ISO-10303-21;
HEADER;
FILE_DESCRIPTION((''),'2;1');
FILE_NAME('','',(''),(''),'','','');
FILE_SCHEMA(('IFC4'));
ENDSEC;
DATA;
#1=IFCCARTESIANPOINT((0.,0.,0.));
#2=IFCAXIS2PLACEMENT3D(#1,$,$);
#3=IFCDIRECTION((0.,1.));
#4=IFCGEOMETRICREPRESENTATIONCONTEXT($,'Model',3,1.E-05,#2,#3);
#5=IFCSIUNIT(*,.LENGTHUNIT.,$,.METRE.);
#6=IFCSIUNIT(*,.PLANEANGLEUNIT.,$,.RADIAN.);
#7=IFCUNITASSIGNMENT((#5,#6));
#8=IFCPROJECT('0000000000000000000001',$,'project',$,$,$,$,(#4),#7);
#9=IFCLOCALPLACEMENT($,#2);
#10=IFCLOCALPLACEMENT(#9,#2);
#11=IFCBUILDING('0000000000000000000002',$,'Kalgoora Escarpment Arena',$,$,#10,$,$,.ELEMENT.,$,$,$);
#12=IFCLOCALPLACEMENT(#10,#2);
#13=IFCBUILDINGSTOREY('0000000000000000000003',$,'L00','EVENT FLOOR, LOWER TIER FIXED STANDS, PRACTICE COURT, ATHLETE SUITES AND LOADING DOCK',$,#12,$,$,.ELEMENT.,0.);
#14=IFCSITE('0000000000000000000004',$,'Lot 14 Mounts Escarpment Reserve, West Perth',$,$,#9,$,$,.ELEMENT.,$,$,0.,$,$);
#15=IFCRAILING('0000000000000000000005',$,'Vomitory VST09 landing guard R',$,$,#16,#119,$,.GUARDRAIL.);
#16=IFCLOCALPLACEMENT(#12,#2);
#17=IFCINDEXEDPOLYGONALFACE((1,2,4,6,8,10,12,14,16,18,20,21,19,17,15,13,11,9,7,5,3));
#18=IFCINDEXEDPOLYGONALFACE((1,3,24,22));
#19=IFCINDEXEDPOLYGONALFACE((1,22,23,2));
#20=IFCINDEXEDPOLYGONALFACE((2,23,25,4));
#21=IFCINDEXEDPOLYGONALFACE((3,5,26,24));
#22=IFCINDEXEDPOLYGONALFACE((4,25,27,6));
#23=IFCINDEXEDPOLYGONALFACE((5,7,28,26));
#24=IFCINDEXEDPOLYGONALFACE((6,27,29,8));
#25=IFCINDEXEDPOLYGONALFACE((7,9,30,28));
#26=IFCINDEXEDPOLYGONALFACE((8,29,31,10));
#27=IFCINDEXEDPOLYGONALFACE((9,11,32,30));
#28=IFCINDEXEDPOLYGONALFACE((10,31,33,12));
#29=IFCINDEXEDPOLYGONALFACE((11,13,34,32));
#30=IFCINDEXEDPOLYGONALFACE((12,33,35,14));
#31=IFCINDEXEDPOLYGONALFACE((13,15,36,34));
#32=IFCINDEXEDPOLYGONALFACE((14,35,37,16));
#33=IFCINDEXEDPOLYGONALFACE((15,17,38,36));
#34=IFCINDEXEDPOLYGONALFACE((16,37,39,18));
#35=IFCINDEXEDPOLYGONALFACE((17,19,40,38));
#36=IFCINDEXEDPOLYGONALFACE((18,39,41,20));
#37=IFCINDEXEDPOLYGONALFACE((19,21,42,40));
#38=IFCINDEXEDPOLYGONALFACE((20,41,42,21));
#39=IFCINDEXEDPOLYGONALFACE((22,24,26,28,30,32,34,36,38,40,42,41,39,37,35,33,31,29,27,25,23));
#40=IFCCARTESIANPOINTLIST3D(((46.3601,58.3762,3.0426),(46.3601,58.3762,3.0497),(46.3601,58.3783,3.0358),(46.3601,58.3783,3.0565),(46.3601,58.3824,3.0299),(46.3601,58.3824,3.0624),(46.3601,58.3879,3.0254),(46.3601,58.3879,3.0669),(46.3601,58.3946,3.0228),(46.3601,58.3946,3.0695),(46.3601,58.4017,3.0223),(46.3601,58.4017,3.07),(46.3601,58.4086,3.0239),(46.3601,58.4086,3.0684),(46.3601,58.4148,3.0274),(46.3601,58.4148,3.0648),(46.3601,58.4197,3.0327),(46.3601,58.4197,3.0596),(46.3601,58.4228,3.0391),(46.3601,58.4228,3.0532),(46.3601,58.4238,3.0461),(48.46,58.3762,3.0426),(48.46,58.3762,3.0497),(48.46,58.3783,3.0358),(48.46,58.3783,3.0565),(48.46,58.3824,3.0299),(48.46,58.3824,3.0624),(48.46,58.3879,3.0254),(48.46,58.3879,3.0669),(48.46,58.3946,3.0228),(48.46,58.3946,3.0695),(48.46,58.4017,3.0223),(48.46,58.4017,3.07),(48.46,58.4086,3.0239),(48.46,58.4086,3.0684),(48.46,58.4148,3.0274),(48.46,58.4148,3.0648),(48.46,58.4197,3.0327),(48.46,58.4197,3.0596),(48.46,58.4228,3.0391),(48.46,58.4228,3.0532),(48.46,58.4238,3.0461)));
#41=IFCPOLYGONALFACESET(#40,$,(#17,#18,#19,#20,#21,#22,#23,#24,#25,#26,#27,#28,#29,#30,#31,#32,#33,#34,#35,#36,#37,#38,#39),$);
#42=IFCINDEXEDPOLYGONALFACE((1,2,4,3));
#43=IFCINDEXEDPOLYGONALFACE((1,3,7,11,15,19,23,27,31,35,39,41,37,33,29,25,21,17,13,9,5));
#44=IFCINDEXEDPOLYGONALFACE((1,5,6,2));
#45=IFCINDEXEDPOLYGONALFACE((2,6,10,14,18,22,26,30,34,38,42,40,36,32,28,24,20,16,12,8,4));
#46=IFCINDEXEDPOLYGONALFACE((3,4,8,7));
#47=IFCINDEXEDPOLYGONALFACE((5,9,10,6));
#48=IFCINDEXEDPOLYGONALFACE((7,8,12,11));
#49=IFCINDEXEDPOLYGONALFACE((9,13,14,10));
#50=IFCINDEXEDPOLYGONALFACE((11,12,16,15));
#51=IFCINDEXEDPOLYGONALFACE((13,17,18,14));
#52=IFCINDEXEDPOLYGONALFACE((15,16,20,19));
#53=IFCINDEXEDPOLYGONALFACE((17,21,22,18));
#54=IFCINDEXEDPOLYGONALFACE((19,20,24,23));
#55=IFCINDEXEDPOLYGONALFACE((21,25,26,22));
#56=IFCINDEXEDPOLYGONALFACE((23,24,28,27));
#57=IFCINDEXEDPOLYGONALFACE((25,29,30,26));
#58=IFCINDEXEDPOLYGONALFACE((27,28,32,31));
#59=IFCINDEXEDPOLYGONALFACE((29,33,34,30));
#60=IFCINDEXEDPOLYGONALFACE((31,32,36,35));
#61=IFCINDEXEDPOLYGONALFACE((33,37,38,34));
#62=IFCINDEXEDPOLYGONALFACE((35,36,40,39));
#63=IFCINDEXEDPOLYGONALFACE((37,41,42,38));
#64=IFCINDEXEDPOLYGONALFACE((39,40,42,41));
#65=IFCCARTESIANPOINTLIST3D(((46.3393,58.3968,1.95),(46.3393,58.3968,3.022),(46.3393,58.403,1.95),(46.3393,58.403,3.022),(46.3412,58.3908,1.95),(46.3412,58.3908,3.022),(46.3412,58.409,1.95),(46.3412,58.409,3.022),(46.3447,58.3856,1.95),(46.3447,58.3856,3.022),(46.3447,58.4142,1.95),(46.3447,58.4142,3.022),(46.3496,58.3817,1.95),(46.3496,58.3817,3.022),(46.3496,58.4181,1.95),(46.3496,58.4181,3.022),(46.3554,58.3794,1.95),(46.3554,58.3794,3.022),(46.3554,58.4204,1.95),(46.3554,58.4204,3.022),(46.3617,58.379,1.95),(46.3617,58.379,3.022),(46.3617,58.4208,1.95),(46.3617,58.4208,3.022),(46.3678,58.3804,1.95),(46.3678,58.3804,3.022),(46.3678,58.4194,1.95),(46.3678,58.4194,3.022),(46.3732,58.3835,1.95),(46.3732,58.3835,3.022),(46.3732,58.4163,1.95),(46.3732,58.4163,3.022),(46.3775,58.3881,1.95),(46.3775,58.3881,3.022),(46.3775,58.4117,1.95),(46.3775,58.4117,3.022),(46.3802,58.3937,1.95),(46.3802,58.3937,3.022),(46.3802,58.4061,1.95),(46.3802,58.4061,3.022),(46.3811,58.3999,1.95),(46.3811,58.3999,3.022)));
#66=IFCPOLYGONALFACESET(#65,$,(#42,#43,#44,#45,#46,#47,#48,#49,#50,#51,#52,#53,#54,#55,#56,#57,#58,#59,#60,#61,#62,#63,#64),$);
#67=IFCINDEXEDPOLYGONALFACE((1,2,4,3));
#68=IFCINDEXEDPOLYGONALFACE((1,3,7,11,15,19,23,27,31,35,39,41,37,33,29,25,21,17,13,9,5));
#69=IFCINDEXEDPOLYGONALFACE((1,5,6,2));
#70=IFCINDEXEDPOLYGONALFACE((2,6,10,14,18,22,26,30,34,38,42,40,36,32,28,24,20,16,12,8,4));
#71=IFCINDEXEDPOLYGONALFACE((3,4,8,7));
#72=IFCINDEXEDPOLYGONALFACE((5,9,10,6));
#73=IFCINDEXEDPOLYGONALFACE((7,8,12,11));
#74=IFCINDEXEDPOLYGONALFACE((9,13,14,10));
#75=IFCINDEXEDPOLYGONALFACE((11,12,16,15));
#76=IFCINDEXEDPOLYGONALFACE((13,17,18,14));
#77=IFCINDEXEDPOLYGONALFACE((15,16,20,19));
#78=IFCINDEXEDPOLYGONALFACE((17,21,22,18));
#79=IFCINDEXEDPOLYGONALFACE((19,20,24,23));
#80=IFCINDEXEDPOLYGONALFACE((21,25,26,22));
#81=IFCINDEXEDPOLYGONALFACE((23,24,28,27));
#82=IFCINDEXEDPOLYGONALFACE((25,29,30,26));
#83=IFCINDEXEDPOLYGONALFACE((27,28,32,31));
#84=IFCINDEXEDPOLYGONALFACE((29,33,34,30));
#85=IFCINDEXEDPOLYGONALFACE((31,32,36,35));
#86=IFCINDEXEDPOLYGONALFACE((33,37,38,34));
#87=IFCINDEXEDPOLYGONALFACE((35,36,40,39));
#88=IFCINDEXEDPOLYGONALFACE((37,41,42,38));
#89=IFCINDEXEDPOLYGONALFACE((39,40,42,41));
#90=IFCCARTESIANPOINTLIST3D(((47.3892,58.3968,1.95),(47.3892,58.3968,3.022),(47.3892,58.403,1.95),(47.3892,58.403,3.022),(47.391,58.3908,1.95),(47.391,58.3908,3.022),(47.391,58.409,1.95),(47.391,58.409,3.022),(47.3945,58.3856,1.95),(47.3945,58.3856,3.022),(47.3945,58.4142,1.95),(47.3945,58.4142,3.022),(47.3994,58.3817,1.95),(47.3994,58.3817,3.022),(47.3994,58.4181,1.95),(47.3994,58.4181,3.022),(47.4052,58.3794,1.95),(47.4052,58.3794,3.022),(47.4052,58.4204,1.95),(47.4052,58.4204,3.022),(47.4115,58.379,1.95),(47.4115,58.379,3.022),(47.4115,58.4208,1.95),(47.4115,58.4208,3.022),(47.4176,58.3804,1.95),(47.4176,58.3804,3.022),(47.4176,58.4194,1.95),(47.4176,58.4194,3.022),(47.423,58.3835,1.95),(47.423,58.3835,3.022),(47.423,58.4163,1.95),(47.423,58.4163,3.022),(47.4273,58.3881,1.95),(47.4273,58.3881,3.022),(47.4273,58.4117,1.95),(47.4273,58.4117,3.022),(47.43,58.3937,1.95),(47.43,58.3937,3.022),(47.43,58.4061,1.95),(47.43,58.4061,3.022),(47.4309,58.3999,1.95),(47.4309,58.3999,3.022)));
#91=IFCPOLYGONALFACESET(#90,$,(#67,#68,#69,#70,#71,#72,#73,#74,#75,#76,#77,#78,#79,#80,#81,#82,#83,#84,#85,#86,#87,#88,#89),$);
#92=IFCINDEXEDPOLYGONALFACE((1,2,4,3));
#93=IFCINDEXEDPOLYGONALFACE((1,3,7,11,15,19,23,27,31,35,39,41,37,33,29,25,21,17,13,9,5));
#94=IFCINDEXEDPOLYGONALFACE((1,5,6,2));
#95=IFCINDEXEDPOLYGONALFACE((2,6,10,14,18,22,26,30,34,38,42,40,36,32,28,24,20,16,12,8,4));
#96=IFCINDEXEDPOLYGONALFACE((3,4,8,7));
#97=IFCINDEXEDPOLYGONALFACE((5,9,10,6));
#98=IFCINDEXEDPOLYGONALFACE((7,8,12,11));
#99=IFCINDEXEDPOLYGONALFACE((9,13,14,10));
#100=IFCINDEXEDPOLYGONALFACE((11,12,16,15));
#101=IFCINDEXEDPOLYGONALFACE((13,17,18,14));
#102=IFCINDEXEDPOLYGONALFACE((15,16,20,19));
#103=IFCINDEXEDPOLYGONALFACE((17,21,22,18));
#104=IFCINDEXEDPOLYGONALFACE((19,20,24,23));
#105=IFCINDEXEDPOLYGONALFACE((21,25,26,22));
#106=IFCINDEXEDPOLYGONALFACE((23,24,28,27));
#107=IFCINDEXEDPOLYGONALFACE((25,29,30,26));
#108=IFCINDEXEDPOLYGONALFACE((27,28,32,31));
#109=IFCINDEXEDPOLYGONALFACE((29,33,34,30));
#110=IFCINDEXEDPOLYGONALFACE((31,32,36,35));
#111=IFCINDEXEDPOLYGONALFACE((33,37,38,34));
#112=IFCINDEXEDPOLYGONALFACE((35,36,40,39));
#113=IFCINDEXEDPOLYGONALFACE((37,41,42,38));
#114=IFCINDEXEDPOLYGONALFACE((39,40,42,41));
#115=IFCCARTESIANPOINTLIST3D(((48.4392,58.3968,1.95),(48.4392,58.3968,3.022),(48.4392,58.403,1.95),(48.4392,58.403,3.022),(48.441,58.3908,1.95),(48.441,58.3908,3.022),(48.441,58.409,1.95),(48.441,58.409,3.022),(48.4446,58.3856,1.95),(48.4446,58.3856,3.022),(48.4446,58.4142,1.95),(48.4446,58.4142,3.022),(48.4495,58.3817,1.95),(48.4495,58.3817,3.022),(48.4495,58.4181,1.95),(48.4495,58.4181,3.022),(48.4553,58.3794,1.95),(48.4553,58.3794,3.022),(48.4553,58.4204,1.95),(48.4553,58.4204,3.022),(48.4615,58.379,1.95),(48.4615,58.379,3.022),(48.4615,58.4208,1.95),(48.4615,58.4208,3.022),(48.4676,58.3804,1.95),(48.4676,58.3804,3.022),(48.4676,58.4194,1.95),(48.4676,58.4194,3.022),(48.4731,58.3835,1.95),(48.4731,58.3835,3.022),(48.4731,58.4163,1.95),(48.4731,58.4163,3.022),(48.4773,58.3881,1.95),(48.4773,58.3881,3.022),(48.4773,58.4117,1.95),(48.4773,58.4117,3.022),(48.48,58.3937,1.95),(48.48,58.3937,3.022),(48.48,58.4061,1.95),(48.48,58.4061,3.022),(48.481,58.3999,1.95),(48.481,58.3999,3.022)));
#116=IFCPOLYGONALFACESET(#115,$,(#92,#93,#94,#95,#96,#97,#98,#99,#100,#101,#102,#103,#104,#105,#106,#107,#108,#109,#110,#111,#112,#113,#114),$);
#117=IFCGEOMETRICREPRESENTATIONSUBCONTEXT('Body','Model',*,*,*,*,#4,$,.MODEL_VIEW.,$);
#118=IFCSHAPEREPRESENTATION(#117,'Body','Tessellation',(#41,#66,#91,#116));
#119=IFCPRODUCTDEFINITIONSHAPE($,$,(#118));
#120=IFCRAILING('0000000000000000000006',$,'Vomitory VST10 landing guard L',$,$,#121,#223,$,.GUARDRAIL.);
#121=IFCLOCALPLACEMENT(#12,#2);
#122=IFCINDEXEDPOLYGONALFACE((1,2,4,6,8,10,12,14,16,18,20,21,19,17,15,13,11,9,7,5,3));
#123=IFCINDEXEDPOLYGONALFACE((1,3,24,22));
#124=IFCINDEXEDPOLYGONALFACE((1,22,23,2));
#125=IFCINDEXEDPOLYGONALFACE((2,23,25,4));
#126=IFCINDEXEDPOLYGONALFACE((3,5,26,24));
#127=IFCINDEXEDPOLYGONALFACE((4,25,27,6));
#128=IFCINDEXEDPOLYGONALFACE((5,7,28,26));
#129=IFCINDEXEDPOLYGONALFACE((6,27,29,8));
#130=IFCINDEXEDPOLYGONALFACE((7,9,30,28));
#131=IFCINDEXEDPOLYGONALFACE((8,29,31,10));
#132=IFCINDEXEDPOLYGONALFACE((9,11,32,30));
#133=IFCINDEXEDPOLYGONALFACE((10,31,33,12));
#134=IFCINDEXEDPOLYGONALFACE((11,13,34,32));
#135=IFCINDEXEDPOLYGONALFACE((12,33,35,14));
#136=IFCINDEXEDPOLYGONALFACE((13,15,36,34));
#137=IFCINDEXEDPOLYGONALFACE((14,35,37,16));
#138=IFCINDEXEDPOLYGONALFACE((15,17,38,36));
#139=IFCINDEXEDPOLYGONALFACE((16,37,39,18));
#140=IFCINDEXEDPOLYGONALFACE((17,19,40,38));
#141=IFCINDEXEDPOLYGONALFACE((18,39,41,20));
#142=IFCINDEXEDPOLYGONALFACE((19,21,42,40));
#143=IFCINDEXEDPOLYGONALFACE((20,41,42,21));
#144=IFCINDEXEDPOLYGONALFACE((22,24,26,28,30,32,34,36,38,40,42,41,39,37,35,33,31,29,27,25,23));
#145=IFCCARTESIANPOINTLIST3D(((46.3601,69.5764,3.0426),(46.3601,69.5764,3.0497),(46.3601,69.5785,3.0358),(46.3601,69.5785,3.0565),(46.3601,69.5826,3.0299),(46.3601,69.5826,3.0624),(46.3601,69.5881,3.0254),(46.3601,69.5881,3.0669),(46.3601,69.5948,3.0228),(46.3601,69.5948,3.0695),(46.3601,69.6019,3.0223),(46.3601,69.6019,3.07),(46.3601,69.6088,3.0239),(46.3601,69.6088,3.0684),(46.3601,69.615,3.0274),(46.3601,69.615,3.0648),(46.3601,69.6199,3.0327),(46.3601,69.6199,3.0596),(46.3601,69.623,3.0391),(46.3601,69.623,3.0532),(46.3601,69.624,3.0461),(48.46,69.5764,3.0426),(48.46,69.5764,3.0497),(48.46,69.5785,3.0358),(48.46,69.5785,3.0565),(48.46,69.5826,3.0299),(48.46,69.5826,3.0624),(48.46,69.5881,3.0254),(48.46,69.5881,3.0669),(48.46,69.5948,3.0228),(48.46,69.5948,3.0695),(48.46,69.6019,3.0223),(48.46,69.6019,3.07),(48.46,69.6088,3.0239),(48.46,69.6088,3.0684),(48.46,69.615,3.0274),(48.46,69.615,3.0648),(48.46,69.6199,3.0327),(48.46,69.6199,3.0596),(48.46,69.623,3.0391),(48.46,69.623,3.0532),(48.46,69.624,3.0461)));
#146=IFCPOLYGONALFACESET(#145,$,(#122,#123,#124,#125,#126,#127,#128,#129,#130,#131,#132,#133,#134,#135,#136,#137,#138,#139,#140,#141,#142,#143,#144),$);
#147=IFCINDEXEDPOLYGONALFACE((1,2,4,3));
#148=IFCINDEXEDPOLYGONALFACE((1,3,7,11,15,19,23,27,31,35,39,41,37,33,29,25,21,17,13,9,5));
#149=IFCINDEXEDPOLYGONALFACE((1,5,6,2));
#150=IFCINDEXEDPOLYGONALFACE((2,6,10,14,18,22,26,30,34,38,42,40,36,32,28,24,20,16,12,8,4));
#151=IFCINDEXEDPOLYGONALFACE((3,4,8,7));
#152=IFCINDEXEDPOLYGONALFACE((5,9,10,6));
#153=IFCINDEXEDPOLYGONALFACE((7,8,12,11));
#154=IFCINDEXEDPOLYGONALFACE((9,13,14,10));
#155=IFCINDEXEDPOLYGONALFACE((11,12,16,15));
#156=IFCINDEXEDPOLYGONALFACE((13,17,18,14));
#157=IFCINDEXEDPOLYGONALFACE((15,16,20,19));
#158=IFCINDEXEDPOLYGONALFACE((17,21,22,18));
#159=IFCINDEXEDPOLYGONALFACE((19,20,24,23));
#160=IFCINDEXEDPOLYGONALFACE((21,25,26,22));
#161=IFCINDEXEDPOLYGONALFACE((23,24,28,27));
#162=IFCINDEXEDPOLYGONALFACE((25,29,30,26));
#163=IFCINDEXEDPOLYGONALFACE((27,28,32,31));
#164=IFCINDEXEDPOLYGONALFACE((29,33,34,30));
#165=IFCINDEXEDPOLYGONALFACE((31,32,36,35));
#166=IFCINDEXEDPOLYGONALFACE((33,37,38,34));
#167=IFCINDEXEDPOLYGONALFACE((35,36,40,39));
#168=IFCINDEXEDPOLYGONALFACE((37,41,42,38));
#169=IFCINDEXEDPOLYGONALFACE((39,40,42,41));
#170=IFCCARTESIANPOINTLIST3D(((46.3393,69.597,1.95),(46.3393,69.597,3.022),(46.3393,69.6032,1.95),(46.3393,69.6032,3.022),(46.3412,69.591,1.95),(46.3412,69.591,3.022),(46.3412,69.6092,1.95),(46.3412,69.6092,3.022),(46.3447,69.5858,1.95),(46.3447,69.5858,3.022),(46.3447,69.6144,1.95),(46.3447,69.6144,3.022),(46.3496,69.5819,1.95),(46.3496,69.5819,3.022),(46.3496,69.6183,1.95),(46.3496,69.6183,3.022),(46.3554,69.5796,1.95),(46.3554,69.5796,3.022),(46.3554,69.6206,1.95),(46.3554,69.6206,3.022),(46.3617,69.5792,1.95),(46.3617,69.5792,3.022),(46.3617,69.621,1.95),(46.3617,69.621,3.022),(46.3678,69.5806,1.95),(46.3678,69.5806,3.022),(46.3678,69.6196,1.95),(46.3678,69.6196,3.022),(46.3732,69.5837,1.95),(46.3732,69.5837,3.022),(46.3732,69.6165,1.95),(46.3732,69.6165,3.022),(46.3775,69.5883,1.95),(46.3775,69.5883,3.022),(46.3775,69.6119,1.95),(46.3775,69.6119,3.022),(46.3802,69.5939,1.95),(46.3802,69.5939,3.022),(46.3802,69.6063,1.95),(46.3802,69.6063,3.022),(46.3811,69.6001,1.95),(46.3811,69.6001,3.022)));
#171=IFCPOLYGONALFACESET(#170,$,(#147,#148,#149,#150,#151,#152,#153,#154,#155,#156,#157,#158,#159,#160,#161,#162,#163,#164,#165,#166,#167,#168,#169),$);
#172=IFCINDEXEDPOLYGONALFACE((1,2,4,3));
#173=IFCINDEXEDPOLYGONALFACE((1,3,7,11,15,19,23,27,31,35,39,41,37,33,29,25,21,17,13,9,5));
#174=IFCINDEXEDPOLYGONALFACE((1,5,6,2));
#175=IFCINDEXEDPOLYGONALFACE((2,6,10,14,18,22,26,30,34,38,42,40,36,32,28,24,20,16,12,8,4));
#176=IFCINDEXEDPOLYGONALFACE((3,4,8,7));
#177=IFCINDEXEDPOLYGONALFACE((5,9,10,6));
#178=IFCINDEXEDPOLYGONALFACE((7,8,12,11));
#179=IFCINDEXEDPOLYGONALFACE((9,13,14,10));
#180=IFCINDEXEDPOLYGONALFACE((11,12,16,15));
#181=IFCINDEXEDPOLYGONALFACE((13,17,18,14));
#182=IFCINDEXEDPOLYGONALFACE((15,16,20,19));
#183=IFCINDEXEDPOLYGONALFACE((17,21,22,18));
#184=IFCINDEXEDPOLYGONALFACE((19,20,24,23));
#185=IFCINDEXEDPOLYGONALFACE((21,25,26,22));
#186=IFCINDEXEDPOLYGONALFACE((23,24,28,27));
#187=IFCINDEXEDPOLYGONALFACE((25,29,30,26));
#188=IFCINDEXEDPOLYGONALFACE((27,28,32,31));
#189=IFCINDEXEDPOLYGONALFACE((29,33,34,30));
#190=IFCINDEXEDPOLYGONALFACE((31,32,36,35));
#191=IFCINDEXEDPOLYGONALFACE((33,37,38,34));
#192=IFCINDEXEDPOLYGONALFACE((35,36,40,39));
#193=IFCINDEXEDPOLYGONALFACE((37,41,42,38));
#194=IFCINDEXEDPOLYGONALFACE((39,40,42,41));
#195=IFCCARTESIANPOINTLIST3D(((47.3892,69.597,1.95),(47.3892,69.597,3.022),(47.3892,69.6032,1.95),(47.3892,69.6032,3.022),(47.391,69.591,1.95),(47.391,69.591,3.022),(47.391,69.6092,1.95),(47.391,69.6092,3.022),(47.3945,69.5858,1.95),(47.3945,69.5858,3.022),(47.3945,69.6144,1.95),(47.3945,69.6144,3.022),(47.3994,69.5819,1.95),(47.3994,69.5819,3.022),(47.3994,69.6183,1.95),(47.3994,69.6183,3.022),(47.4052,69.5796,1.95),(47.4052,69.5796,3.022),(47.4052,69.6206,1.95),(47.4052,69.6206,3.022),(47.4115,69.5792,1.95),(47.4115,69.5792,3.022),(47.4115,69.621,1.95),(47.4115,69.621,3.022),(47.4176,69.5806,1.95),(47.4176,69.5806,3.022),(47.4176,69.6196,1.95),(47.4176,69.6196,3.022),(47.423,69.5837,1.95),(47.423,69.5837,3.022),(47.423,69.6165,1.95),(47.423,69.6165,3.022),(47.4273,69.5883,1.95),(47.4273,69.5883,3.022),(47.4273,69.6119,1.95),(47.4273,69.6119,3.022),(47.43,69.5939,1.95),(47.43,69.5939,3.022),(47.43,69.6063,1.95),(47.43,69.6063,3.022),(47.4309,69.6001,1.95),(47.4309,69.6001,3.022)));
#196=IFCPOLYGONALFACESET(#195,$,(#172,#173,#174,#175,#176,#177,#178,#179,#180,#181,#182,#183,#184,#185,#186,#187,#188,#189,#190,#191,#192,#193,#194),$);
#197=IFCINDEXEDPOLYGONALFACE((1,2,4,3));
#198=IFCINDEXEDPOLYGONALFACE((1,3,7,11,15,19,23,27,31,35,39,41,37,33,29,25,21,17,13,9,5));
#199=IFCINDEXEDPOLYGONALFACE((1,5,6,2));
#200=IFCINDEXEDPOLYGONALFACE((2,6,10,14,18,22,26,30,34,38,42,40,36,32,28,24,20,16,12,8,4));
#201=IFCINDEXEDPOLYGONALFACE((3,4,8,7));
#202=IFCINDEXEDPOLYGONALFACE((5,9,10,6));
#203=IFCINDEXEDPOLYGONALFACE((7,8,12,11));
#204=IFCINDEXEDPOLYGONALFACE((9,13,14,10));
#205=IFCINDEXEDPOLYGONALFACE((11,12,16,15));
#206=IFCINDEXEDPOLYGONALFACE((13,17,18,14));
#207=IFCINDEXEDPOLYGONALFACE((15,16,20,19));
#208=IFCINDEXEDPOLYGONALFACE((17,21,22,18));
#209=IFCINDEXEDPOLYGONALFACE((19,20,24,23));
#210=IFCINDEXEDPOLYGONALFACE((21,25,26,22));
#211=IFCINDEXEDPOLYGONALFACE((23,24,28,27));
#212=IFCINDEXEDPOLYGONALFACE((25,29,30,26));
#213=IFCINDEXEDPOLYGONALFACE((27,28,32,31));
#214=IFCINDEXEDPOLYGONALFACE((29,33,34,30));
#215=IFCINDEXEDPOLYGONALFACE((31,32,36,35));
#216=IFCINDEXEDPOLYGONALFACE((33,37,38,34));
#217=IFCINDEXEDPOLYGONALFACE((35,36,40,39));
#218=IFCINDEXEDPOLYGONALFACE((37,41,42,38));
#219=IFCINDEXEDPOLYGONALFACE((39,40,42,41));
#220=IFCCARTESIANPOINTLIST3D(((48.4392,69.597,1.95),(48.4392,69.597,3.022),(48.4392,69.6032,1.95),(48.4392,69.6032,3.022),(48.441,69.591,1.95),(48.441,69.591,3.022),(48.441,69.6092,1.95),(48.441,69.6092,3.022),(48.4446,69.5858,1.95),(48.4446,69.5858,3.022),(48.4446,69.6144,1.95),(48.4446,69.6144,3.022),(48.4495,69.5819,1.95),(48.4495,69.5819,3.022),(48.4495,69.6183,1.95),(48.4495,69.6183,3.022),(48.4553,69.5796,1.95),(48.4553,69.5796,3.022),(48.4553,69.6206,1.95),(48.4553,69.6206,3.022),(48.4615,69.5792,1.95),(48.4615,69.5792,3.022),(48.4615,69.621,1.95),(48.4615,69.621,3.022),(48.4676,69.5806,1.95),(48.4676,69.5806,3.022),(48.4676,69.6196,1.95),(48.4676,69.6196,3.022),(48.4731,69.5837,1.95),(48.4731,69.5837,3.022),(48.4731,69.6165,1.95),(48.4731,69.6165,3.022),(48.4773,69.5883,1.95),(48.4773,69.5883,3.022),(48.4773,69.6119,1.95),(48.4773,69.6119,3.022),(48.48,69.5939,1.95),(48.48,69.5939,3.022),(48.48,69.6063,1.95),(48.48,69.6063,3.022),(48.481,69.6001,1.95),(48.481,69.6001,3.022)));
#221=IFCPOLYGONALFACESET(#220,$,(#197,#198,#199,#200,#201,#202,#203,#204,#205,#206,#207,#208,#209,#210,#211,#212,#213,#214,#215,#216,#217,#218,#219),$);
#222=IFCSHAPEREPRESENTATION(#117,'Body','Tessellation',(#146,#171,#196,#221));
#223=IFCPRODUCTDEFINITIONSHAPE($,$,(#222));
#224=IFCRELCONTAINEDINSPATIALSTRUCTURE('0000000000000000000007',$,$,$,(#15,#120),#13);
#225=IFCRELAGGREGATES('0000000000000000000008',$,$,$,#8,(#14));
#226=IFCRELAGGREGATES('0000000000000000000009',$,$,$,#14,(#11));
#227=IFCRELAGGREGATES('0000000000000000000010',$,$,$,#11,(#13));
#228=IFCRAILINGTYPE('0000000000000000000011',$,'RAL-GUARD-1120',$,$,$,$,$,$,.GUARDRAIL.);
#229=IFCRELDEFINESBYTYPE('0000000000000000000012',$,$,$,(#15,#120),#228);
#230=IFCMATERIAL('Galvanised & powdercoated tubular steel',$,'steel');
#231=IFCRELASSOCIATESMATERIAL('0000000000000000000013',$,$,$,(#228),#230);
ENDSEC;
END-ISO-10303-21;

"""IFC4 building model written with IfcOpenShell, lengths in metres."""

from ifc_helpers import new_model, si_unit, direction, frame, origin, origin_2d, place, context, subcontext, project, spatial, circle, extrude, material, type_object, element, save


model = new_model("IFC4")

# Units and contexts
model_context = context("Model", 3, precision=1e-05, world=origin(), true_north=direction((0.0, 1.0)))
body_context = subcontext(model_context, "Body", "Model", "MODEL_VIEW")
ifc_project = project(units=[si_unit("LENGTHUNIT", "METRE"), si_unit("PLANEANGLEUNIT", "RADIAN")], contexts=[model_context])

# Site, building, storey
site_placement = place(None, origin())
site = spatial("IfcSite", under=ifc_project, at=site_placement, Name="Lot 14 Mounts Escarpment Reserve, West Perth", CompositionType="ELEMENT", RefElevation=0.0)
building_placement = place(site_placement, origin())
building = spatial("IfcBuilding", under=site, at=building_placement, Name="Kalgoora Escarpment Arena", CompositionType="ELEMENT")
storey_placement = place(building_placement, origin())
storey = spatial("IfcBuildingStorey", under=building, at=storey_placement, Name="L00", Description="EVENT FLOOR, LOWER TIER FIXED STANDS, PRACTICE COURT, ATHLETE SUITES AND LOADING DOCK", CompositionType="ELEMENT", Elevation=0.0)

# Railings
ifc_material_1 = material(Name="Galvanised & powdercoated tubular steel", Category="steel")
railing_type_1 = type_object("IfcRailingType", Name="RAL-GUARD-1120", PredefinedType="GUARDRAIL", material=ifc_material_1)
for number, where, name in (
    (1, (46.3601, 58.3999, 1.95), "Vomitory VST09 landing guard R"),
    (2, (46.3601, 69.6001, 1.95), "Vomitory VST10 landing guard L"),
):
    element("IfcRailing", number, at=place(storey_placement, frame(where)), inside=storey, type_object=railing_type_1, Name=name, PredefinedType="GUARDRAIL", context=body_context, shape_type="SweptSolid", body=[
        extrude(circle(Radius=0.0239, at=origin_2d()), frame((0.0, 0.0, 1.0962), z_axis=(1.0, 0.0, 0.0), x_axis=(0.0, 1.0, 0.0)), (0.0, 0.0, 1.0), 2.0999),
        extrude(circle(Radius=0.021, at=origin_2d()), origin(), (0.0, 0.0, 1.0), 1.072),
        extrude(circle(Radius=0.021, at=origin_2d()), frame((1.0498, 0.0, 0.0)), (0.0, 0.0, 1.0), 1.072),
        extrude(circle(Radius=0.021, at=origin_2d()), frame((2.0999, 0.0, 0.0)), (0.0, 0.0, 1.0), 1.072),
    ])

save(model, "model.ifc")
